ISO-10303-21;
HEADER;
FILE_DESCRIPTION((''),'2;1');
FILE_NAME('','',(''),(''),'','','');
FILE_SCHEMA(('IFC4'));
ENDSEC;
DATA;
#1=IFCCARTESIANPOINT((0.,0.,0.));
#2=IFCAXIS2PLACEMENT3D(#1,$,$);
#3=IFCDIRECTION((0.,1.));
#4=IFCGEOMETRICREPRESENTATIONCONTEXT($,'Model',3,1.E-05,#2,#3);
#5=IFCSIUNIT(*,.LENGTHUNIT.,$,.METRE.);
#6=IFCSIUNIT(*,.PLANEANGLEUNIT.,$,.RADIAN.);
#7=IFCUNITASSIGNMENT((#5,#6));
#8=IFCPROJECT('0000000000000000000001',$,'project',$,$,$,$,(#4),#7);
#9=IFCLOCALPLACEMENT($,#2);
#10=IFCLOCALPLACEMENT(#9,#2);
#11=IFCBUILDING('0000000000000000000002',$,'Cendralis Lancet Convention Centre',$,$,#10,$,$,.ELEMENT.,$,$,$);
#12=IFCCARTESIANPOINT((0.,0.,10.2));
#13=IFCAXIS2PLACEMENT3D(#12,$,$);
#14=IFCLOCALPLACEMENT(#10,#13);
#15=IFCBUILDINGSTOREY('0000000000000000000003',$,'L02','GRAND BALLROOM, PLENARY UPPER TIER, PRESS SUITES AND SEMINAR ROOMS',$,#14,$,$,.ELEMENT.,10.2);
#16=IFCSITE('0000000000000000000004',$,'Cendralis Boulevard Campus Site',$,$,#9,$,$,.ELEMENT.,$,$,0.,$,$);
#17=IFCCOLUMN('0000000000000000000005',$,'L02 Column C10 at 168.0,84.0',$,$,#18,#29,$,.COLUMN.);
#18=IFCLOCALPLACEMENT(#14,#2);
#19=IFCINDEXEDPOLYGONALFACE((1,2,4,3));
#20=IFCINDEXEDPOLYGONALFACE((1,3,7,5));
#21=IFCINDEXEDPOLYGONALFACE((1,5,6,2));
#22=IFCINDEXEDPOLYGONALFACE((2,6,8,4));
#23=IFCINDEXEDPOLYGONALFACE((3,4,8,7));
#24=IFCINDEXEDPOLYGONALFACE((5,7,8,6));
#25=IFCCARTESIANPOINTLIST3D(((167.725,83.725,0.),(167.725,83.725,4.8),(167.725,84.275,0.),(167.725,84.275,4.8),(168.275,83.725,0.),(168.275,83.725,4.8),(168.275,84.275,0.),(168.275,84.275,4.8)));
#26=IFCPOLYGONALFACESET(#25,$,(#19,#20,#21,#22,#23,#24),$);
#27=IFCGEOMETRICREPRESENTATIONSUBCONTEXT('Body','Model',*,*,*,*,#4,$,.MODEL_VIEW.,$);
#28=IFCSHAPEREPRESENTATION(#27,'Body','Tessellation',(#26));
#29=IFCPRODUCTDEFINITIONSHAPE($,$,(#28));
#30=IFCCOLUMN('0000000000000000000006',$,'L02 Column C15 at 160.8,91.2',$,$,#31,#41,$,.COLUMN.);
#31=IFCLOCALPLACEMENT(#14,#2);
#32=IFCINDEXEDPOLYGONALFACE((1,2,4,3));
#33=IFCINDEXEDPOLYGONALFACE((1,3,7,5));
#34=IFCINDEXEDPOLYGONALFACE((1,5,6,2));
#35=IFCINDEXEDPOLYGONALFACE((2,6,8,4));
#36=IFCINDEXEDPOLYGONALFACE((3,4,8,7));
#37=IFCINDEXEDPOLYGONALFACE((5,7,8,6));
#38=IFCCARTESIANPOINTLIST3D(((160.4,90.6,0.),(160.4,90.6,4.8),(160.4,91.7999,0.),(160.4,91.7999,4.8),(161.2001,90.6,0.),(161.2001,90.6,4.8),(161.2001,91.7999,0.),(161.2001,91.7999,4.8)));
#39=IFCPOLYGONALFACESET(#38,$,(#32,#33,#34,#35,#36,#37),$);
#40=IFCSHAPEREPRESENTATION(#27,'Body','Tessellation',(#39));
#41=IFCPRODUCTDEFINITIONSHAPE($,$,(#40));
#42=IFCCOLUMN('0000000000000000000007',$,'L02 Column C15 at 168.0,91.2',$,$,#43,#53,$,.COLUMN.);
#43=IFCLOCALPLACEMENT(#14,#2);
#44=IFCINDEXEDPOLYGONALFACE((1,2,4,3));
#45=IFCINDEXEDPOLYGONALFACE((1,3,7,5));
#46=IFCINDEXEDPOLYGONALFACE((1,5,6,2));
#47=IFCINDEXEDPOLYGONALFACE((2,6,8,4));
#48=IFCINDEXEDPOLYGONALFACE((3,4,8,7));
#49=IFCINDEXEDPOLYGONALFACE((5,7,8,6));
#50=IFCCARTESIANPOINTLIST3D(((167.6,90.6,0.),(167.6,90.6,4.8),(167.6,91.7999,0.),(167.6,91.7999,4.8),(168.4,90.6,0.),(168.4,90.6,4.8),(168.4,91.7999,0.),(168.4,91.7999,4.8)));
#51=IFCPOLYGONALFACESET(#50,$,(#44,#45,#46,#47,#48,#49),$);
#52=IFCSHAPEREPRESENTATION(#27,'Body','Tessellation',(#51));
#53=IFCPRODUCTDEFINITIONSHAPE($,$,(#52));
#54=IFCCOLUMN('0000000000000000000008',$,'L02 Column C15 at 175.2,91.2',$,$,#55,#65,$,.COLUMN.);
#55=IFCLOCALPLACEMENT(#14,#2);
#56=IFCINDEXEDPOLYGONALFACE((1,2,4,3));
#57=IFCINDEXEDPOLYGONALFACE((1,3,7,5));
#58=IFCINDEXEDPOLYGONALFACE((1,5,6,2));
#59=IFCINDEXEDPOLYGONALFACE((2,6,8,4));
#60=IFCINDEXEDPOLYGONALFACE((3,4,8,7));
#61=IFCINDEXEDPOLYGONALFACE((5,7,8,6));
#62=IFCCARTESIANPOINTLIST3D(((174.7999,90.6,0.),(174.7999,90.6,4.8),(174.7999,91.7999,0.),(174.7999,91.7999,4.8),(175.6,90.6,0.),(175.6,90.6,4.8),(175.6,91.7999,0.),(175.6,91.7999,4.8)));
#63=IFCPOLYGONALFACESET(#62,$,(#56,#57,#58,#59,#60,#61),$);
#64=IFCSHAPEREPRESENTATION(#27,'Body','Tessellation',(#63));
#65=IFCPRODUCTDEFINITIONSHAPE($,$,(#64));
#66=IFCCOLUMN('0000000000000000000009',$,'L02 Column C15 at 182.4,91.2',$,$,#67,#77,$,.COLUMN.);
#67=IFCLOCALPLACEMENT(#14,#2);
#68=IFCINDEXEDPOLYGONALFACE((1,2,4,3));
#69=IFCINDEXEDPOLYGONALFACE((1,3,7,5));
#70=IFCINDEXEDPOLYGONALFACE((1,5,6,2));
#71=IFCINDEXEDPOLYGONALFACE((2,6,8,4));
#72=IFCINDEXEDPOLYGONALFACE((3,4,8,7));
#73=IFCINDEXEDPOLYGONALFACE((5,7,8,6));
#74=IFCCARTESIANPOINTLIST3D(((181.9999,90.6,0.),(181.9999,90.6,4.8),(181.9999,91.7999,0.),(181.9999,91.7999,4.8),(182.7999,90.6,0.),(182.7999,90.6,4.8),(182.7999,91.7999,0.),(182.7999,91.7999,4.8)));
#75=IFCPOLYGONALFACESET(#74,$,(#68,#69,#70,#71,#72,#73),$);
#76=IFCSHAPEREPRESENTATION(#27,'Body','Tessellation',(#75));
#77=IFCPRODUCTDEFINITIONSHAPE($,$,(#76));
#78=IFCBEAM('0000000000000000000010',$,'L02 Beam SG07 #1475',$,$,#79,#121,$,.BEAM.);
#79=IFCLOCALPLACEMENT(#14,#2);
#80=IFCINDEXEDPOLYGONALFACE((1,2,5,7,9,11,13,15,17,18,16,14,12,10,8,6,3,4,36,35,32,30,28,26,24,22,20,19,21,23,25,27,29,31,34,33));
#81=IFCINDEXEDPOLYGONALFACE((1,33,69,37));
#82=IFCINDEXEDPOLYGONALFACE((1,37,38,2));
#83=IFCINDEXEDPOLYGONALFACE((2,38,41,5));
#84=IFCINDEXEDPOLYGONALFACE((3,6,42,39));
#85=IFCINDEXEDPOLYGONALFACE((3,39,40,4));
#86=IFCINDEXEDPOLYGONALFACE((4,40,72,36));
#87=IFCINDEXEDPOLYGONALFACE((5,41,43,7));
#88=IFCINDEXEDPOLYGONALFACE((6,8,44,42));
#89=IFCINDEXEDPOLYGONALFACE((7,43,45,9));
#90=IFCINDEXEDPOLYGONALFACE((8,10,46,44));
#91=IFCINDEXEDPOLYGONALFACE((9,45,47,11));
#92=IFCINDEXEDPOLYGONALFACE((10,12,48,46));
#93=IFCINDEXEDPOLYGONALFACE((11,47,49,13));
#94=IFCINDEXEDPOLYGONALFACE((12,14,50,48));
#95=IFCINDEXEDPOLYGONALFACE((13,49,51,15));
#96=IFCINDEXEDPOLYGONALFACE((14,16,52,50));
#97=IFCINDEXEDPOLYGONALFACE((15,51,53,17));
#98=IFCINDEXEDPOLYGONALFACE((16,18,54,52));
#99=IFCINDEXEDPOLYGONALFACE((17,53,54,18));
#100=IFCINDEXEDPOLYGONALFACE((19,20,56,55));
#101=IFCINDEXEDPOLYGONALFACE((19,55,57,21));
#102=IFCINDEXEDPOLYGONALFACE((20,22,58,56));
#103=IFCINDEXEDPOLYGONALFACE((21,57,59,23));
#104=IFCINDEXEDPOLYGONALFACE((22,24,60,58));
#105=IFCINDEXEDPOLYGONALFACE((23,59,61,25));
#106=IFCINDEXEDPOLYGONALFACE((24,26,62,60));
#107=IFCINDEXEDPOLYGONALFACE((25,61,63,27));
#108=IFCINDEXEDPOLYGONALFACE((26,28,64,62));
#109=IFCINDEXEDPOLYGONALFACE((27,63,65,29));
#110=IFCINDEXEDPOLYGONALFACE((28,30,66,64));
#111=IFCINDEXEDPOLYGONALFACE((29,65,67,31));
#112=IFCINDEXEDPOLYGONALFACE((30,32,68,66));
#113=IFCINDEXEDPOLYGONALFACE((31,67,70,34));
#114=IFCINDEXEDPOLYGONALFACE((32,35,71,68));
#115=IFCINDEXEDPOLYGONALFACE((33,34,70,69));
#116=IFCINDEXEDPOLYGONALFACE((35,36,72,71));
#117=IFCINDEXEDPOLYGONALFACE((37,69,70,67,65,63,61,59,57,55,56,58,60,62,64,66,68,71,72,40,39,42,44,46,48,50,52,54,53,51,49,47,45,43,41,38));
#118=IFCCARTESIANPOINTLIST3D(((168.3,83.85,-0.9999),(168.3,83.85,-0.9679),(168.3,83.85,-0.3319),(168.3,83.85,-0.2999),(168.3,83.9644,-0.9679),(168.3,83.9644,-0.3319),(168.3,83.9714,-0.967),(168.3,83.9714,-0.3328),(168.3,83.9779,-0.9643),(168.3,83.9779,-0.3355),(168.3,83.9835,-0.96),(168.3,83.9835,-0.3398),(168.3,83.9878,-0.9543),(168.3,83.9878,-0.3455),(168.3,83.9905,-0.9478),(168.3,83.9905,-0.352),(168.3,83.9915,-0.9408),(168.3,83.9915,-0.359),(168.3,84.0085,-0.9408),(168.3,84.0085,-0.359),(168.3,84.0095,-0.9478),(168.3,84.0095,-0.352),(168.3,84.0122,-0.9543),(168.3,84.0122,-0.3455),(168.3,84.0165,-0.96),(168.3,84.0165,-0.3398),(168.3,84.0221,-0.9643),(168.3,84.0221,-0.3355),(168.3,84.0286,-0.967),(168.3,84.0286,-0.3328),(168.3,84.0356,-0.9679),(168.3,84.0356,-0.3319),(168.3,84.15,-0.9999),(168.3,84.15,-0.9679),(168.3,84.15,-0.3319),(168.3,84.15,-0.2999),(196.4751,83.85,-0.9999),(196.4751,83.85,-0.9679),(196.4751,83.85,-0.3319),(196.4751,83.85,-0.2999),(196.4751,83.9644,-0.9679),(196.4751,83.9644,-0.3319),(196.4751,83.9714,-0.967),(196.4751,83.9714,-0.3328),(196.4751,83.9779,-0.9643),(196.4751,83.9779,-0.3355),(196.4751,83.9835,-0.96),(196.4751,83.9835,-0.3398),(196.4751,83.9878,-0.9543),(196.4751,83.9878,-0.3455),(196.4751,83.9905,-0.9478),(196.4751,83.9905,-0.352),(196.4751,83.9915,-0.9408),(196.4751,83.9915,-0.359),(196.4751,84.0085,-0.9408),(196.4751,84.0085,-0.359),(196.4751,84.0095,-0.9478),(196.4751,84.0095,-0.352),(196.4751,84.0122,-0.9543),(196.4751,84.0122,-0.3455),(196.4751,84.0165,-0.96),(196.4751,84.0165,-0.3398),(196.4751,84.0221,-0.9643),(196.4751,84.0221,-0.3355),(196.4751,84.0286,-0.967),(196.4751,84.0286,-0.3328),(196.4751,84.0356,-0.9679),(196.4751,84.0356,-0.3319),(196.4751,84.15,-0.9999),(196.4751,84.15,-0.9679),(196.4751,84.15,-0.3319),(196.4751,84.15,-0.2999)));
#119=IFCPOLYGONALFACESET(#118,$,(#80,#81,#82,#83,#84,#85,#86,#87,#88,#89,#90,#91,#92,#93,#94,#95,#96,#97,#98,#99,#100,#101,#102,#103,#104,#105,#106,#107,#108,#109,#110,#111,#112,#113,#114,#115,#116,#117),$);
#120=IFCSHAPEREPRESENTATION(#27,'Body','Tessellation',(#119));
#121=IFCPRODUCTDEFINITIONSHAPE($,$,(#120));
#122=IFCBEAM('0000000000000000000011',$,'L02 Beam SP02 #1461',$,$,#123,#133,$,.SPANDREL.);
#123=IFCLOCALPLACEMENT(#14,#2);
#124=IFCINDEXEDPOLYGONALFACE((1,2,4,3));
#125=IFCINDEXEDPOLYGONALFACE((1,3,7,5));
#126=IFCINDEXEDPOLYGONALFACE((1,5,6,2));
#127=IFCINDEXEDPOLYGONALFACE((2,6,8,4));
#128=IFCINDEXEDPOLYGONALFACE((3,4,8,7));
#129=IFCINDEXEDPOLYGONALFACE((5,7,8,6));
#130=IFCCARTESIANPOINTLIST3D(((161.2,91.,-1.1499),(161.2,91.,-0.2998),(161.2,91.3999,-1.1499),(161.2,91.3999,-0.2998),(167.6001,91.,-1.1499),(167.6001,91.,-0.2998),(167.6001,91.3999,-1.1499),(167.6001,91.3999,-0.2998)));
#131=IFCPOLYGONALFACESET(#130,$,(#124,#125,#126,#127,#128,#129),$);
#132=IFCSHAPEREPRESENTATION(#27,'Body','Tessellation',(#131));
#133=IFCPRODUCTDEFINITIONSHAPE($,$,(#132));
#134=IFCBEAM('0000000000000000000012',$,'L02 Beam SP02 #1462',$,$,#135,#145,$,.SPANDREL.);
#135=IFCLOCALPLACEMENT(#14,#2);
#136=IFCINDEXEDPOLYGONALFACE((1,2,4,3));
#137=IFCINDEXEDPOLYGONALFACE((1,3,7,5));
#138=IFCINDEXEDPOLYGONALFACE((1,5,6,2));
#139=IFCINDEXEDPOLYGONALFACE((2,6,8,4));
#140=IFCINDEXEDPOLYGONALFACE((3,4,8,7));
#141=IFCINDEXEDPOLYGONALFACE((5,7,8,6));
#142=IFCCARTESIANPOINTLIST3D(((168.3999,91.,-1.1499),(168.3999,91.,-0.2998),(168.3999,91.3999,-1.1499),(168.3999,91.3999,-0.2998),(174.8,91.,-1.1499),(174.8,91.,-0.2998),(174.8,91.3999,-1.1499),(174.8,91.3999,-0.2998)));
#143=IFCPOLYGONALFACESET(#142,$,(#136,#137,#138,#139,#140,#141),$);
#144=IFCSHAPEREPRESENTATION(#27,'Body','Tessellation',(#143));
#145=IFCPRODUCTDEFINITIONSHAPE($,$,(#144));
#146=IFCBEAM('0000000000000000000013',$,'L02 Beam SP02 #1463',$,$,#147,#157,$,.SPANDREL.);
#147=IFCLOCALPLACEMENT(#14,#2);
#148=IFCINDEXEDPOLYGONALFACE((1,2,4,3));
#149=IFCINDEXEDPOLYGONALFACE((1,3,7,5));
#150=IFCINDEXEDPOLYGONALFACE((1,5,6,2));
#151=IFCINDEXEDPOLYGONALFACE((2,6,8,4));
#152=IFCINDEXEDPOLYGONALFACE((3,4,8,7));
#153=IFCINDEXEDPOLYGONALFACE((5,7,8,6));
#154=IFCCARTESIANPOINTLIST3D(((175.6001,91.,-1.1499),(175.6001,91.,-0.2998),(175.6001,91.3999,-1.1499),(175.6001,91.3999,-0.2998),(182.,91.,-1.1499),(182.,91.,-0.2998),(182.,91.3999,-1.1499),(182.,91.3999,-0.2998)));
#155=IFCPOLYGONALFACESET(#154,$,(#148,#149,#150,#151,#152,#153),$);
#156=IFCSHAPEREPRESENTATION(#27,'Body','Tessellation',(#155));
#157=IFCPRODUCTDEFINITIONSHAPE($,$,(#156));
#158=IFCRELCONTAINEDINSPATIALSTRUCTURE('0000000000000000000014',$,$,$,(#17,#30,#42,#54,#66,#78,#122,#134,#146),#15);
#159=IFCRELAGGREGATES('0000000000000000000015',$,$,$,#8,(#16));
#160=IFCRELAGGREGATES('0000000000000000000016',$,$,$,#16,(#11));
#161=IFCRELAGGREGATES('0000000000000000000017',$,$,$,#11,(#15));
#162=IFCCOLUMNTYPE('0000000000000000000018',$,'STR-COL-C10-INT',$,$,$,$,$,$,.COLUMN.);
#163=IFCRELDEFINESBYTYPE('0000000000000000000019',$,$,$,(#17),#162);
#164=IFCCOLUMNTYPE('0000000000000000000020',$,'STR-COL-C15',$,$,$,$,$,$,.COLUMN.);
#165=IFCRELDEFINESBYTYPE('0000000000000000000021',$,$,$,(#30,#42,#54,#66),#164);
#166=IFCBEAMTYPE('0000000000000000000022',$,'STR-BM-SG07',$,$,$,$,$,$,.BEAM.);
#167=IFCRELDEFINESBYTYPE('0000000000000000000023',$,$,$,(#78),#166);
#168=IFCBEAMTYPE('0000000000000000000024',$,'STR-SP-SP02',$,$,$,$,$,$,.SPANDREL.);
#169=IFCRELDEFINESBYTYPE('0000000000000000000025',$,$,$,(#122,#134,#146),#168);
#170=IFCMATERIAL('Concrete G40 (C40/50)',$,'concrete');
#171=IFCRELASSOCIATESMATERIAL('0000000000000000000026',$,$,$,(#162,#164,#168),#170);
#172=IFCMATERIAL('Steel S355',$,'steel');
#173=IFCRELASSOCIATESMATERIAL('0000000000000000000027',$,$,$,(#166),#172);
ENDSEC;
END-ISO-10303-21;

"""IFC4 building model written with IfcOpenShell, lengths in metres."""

from ifc_helpers import new_model, si_unit, direction, frame, origin, origin_2d, place, context, subcontext, project, spatial, rectangle, i_section, extrude, material, material_profile, profile_set, type_object, element, save


model = new_model("IFC4")

# Units and contexts
model_context = context("Model", 3, precision=1e-05, world=origin(), true_north=direction((0.0, 1.0)))
body_context = subcontext(model_context, "Body", "Model", "MODEL_VIEW")
ifc_project = project(units=[si_unit("LENGTHUNIT", "METRE"), si_unit("PLANEANGLEUNIT", "RADIAN")], contexts=[model_context])

# Site, building, storey
site_placement = place(None, origin())
site = spatial("IfcSite", under=ifc_project, at=site_placement, Name="Cendralis Boulevard Campus Site", CompositionType="ELEMENT", RefElevation=0.0)
building_placement = place(site_placement, origin())
building = spatial("IfcBuilding", under=site, at=building_placement, Name="Cendralis Lancet Convention Centre", CompositionType="ELEMENT")
storey_placement = place(building_placement, frame((0.0, 0.0, 10.2)))
storey = spatial("IfcBuildingStorey", under=building, at=storey_placement, Name="L02", Description="GRAND BALLROOM, PLENARY UPPER TIER, PRESS SUITES AND SEMINAR ROOMS", CompositionType="ELEMENT", Elevation=10.2)

# Columns
ifc_material_1 = material(Name="Concrete G40 (C40/50)", Category="concrete")
ifc_material_profile_1 = material_profile(ifc_material_1, rectangle(XDim=0.55, YDim=0.55, at=origin_2d()), Name="RC 550x550")
ifc_profile_set_1 = profile_set([ifc_material_profile_1], Name="Concrete G40 (C40/50)")
column_type_1 = type_object("IfcColumnType", Name="STR-COL-C10-INT", PredefinedType="COLUMN", material=ifc_profile_set_1)
column_placement = place(storey_placement, frame((168.0, 84.0, 0.0), z_axis=(0.0, 0.0, 1.0), x_axis=(1.0, 0.0, 0.0)))
element("IfcColumn", 1, at=column_placement, inside=storey, type_object=column_type_1, Name="L02 Column C10 at 168.0,84.0", PredefinedType="COLUMN", context=body_context, shape_type="SweptSolid", body=[
    extrude(rectangle(XDim=0.55, YDim=0.55, at=origin_2d()), origin(), (0.0, 0.0, 1.0), 4.8),
])
ifc_material_profile_2 = material_profile(ifc_material_1, rectangle(XDim=0.8, YDim=1.2, at=origin_2d()), Name="RC 800x1200")
ifc_profile_set_2 = profile_set([ifc_material_profile_2], Name="Concrete G40 (C40/50)")
column_type_2 = type_object("IfcColumnType", Name="STR-COL-C15", PredefinedType="COLUMN", material=ifc_profile_set_2)
for number, where, z_axis, x_axis, name in (
    (2, (160.8, 91.2, 0.0), (0.0, 0.0, 1.0), (1.0, 0.0, 0.0), "L02 Column C15 at 160.8,91.2"),
    (3, (168.0, 91.2, 0.0), (0.0, 0.0, 1.0), (1.0, 0.0, 0.0), "L02 Column C15 at 168.0,91.2"),
    (4, (175.2, 91.2, 0.0), (0.0, 0.0, 1.0), (1.0, 0.0, 0.0), "L02 Column C15 at 175.2,91.2"),
    (5, (182.3999, 91.2, 0.0), (0.0, 0.0, 1.0), (1.0, 0.0, 0.0), "L02 Column C15 at 182.4,91.2"),
):
    element("IfcColumn", number, at=place(storey_placement, frame(where, z_axis=z_axis, x_axis=x_axis)), inside=storey, type_object=column_type_2, Name=name, PredefinedType="COLUMN", context=body_context, shape_type="SweptSolid", body=[
        extrude(rectangle(XDim=0.8, YDim=1.2, at=origin_2d()), origin(), (0.0, 0.0, 1.0), 4.8),
    ])

# Beams
ifc_material_2 = material(Name="Steel S355", Category="steel")
ifc_material_profile_3 = material_profile(ifc_material_2, i_section(OverallWidth=0.3, OverallDepth=0.7, WebThickness=0.0171, FlangeThickness=0.032, FilletRadius=0.0271, at=origin_2d()), Name="HEB 700")
ifc_profile_set_3 = profile_set([ifc_material_profile_3], Name="Steel S355")
beam_type_1 = type_object("IfcBeamType", Name="STR-BM-SG07", PredefinedType="BEAM", material=ifc_profile_set_3)
beam_1_placement = place(storey_placement, frame((168.3, 84.0, -0.6499), z_axis=(1.0, 0.0, 0.0), x_axis=(0.0, 1.0, 0.0)))
element("IfcBeam", 6, at=beam_1_placement, inside=storey, type_object=beam_type_1, Name="L02 Beam SG07 #1475", PredefinedType="BEAM", context=body_context, shape_type="SweptSolid", body=[
    extrude(i_section(OverallWidth=0.3, OverallDepth=0.7, WebThickness=0.0171, FlangeThickness=0.032, FilletRadius=0.0271, at=origin_2d()), origin(), (0.0, 0.0, 1.0), 28.175),
])
ifc_material_profile_4 = material_profile(ifc_material_1, rectangle(XDim=0.3999, YDim=0.8501, at=origin_2d()), Name="RCB 400x850")
ifc_profile_set_4 = profile_set([ifc_material_profile_4], Name="Concrete G40 (C40/50)")
beam_type_2 = type_object("IfcBeamType", Name="STR-SP-SP02", PredefinedType="SPANDREL", material=ifc_profile_set_4)
for number, where, z_axis, x_axis, name in (
    (7, (161.2, 91.2, -0.7249), (1.0, 0.0, 0.0), (0.0, 1.0, 0.0), "L02 Beam SP02 #1461"),
    (8, (168.3999, 91.2, -0.7249), (1.0, 0.0, 0.0), (0.0, 1.0, 0.0), "L02 Beam SP02 #1462"),
):
    element("IfcBeam", number, at=place(storey_placement, frame(where, z_axis=z_axis, x_axis=x_axis)), inside=storey, type_object=beam_type_2, Name=name, PredefinedType="SPANDREL", context=body_context, shape_type="SweptSolid", body=[
        extrude(rectangle(XDim=0.3999, YDim=0.8501, at=origin_2d()), origin(), (0.0, 0.0, 1.0), 6.4001),
    ])
beam_2_placement = place(storey_placement, frame((175.6001, 91.2, -0.7249), z_axis=(1.0, 0.0, 0.0), x_axis=(0.0, 1.0, 0.0)))
element("IfcBeam", 9, at=beam_2_placement, inside=storey, type_object=beam_type_2, Name="L02 Beam SP02 #1463", PredefinedType="SPANDREL", context=body_context, shape_type="SweptSolid", body=[
    extrude(rectangle(XDim=0.3999, YDim=0.8501, at=origin_2d()), origin(), (0.0, 0.0, 1.0), 6.3999),
])

save(model, "model.ifc")
